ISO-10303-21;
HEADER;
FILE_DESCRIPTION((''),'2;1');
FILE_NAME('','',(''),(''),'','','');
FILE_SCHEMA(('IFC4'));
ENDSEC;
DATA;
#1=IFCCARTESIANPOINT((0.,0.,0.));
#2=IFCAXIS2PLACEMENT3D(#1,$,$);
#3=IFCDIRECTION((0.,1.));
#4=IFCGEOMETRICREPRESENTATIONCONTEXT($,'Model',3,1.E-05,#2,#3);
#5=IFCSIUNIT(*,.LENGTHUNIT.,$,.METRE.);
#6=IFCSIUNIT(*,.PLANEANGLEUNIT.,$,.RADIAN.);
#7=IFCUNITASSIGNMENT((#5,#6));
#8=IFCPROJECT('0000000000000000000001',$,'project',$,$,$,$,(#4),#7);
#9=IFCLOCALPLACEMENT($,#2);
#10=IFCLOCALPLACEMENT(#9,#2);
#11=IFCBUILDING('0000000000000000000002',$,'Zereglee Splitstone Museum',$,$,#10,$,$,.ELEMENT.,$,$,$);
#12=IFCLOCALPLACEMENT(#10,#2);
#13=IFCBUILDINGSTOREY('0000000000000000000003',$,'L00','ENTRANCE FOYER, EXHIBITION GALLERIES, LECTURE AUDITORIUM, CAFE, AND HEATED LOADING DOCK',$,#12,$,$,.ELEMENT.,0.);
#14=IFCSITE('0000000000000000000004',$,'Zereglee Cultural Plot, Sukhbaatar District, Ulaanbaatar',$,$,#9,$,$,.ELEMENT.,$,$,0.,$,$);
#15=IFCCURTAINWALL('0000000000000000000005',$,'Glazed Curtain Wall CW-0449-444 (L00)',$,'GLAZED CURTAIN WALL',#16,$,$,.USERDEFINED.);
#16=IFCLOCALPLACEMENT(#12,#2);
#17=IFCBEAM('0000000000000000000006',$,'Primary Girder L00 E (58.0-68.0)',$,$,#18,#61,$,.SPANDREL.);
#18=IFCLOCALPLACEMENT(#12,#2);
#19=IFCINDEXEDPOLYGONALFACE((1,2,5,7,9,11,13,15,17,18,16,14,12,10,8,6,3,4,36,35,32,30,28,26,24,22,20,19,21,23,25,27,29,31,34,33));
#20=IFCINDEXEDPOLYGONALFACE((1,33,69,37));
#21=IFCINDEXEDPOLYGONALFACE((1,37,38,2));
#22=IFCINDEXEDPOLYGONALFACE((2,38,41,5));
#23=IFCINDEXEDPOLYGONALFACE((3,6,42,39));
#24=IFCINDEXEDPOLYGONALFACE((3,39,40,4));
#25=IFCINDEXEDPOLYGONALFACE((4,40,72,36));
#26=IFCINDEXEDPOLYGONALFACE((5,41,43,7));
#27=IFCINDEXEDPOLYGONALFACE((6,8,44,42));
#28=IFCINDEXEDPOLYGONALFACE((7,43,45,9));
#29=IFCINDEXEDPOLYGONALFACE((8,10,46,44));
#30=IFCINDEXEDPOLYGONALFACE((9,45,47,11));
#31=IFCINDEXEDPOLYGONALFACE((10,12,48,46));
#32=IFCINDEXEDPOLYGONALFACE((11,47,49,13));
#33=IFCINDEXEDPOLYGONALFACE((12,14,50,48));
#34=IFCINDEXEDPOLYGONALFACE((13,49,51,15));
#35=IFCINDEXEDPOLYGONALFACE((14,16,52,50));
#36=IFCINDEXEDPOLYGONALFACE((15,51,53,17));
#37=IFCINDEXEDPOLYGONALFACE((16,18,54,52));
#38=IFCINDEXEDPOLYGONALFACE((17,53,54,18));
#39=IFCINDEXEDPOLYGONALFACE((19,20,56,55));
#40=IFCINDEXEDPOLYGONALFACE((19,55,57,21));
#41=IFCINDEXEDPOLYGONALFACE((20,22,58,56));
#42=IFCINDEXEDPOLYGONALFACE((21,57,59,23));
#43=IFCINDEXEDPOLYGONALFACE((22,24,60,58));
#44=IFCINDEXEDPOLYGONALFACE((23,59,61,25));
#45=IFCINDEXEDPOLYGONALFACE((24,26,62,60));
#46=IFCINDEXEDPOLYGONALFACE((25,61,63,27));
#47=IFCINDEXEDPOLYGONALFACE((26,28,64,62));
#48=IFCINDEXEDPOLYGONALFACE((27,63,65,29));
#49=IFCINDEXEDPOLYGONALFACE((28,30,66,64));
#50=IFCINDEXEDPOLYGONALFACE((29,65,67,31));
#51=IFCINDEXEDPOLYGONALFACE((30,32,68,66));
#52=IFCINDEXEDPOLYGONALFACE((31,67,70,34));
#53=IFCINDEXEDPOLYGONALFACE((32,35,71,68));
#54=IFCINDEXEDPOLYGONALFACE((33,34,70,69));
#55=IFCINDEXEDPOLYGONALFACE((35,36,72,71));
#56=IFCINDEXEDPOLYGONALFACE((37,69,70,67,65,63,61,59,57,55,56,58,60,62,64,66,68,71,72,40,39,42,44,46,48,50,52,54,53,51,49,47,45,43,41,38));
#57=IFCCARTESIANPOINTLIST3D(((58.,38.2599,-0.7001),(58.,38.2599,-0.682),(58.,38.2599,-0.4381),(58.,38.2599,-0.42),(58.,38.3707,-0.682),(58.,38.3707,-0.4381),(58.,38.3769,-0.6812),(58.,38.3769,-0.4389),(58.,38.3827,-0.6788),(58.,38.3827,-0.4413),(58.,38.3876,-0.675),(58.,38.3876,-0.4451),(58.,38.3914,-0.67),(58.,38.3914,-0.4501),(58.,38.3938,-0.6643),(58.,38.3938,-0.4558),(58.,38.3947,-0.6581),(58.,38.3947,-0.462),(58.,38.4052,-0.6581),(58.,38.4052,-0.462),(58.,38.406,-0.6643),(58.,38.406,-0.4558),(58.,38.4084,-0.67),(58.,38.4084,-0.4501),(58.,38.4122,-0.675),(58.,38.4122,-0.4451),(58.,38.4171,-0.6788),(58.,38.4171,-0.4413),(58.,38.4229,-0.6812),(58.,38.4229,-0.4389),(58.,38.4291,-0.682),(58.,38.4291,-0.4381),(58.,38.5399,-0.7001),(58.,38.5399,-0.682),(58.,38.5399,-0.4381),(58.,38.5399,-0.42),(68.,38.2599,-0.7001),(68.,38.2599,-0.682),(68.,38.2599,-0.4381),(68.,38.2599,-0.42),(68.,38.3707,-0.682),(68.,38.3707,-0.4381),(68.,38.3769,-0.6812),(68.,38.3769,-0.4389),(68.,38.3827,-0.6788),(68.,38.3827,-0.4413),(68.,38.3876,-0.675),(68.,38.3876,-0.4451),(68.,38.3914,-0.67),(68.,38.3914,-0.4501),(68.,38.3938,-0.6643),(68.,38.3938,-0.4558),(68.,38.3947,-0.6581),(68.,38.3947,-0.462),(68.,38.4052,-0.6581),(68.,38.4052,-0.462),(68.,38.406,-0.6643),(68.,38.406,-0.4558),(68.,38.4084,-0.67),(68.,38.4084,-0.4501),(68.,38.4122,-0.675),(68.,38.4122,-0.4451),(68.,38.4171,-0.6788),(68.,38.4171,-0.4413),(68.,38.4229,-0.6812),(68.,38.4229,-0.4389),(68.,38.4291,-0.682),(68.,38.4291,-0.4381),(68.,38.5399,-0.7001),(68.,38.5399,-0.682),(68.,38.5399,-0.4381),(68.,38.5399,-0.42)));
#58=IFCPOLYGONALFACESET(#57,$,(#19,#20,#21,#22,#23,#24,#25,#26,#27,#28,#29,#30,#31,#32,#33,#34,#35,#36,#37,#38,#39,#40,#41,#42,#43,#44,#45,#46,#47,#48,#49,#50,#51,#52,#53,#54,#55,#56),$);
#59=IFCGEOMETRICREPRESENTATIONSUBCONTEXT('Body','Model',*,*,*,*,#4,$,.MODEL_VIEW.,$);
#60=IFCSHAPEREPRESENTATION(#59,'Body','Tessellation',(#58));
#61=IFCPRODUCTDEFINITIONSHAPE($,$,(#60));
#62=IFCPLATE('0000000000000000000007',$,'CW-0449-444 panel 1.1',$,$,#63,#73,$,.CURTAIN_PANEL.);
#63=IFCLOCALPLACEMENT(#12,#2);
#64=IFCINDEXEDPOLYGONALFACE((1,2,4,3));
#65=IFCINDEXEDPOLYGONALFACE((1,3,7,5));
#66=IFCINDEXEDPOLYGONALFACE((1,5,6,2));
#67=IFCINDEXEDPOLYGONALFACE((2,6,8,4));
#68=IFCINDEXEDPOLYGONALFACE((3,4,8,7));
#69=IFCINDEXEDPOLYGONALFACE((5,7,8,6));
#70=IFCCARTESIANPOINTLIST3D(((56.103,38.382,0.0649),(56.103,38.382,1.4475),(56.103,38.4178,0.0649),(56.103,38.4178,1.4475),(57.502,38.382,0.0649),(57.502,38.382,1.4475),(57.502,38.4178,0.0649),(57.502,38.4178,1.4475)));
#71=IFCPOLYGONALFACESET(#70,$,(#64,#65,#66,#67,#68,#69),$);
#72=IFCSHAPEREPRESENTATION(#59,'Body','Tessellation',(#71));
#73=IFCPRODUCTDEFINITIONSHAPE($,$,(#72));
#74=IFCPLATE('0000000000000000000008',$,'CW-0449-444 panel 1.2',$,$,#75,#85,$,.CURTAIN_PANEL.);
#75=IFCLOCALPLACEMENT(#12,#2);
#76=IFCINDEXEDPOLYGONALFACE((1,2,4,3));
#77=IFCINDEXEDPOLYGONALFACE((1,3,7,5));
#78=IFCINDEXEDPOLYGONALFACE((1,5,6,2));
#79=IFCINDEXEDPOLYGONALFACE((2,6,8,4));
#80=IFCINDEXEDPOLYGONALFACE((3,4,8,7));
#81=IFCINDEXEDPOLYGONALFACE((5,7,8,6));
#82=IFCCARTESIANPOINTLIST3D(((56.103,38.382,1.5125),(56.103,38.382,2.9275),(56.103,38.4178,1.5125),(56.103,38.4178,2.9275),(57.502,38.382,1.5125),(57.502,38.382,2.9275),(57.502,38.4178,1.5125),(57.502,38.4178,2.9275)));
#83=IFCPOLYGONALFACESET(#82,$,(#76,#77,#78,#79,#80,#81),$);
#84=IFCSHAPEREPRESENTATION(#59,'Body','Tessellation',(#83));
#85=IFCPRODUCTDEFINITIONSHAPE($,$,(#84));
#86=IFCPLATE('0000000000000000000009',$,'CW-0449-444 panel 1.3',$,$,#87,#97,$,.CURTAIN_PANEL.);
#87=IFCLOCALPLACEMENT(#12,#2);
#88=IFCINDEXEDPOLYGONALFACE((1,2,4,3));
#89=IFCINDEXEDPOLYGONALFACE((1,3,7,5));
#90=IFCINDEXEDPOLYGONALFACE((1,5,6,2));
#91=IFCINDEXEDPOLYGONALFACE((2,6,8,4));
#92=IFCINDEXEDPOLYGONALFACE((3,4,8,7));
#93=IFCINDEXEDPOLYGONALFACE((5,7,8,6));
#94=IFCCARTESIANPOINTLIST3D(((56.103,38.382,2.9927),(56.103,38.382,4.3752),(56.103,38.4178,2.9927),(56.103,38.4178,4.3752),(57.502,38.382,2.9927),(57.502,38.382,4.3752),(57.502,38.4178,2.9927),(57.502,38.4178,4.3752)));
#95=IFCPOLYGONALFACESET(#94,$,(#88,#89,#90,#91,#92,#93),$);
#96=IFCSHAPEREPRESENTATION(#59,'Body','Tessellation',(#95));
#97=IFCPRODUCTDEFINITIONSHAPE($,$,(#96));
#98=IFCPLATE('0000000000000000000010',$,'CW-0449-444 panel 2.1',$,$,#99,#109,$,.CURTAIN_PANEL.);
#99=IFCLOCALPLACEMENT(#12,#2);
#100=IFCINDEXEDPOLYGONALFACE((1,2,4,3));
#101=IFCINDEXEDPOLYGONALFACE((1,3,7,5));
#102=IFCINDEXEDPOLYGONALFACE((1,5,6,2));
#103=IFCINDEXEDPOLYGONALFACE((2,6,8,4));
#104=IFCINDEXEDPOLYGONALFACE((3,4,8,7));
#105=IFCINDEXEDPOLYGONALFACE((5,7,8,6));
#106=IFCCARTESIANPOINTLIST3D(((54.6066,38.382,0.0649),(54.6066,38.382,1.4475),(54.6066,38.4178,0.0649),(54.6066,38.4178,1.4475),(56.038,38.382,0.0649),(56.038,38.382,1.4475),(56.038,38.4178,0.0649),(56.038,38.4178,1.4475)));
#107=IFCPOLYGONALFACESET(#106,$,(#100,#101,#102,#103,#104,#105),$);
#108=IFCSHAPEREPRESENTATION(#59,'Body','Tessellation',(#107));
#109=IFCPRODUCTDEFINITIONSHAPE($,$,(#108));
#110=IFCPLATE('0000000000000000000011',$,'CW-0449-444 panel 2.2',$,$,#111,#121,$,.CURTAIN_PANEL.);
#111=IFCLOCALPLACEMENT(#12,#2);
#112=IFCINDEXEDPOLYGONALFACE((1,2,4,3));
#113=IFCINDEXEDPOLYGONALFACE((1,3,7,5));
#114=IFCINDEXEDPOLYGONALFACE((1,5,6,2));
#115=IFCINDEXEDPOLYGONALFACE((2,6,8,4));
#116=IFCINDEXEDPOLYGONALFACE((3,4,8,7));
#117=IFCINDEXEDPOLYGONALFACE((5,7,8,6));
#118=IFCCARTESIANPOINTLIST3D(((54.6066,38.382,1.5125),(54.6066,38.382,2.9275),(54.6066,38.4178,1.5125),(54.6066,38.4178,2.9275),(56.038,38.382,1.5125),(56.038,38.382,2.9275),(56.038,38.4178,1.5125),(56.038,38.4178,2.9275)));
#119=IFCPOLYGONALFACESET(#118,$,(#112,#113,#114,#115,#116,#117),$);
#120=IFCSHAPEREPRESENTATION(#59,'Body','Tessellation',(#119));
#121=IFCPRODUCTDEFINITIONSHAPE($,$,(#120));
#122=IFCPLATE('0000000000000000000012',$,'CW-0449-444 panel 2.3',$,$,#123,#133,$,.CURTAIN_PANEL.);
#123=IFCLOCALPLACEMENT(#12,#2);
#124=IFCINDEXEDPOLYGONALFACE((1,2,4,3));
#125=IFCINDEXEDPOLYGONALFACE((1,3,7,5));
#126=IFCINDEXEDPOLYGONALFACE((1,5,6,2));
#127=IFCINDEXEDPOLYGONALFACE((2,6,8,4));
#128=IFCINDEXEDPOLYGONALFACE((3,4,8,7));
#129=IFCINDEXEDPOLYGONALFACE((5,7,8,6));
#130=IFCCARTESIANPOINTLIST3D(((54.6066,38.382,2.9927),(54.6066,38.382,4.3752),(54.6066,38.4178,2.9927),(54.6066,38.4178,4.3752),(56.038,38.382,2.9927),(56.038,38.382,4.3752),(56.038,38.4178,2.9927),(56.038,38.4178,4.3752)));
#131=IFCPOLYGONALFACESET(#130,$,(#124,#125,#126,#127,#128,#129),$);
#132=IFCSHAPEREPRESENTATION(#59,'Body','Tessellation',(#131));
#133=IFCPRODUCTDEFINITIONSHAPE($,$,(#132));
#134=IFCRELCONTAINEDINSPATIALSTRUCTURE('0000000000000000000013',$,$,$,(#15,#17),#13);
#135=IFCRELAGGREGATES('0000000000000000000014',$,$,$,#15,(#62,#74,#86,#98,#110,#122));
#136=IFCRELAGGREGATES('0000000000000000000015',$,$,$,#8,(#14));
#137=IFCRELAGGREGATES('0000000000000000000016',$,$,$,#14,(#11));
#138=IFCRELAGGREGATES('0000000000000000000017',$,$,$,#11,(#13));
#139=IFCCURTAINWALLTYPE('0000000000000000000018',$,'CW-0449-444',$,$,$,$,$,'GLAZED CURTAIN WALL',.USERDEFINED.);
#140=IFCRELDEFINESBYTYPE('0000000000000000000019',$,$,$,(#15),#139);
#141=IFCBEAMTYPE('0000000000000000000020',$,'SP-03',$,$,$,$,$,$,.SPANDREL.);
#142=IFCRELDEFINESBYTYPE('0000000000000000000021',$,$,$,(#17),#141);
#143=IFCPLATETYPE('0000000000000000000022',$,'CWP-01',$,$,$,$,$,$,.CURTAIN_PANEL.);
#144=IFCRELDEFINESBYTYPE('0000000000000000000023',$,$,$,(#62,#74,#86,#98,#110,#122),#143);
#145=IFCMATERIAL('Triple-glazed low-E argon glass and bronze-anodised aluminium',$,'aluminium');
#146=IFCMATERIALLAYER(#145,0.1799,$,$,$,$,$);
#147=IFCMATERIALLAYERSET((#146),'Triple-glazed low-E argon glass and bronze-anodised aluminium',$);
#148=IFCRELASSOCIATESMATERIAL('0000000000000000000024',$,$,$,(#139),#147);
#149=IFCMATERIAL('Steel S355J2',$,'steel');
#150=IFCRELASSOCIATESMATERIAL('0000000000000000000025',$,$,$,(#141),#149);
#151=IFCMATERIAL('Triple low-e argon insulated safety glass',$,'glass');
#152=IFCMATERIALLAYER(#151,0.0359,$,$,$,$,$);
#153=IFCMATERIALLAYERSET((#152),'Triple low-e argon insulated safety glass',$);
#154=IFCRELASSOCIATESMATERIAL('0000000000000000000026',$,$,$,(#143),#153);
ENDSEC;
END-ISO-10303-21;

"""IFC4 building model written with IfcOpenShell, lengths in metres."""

from ifc_helpers import new_model, si_unit, direction, frame, origin, origin_2d, place, context, subcontext, project, spatial, rectangle, i_section, extrude, material, layer, layer_set, material_profile, profile_set, type_object, element, aggregate, save


model = new_model("IFC4")

# Units and contexts
model_context = context("Model", 3, precision=1e-05, world=origin(), true_north=direction((0.0, 1.0)))
body_context = subcontext(model_context, "Body", "Model", "MODEL_VIEW")
ifc_project = project(units=[si_unit("LENGTHUNIT", "METRE"), si_unit("PLANEANGLEUNIT", "RADIAN")], contexts=[model_context])

# Site, building, storey
site_placement = place(None, origin())
site = spatial("IfcSite", under=ifc_project, at=site_placement, Name="Zereglee Cultural Plot, Sukhbaatar District, Ulaanbaatar", CompositionType="ELEMENT", RefElevation=0.0)
building_placement = place(site_placement, origin())
building = spatial("IfcBuilding", under=site, at=building_placement, Name="Zereglee Splitstone Museum", CompositionType="ELEMENT")
storey_placement = place(building_placement, origin())
storey = spatial("IfcBuildingStorey", under=building, at=storey_placement, Name="L00", Description="ENTRANCE FOYER, EXHIBITION GALLERIES, LECTURE AUDITORIUM, CAFE, AND HEATED LOADING DOCK", CompositionType="ELEMENT", Elevation=0.0)

# Curtain wall
ifc_material_1 = material(Name="Triple-glazed low-E argon glass and bronze-anodised aluminium", Category="aluminium")
ifc_layer_1 = layer(ifc_material_1, 0.1799)
ifc_layer_set_1 = layer_set([ifc_layer_1], Name="Triple-glazed low-E argon glass and bronze-anodised aluminium")
curtain_wall_type = type_object("IfcCurtainWallType", Name="CW-0449-444", ElementType="GLAZED CURTAIN WALL", PredefinedType="USERDEFINED", material=ifc_layer_set_1)
curtain_wall_placement = place(storey_placement, origin())
curtain_wall = element("IfcCurtainWall", 1, at=curtain_wall_placement, inside=storey, type_object=curtain_wall_type, Name="Glazed Curtain Wall CW-0449-444 (L00)", ObjectType="GLAZED CURTAIN WALL", PredefinedType="USERDEFINED")

# Beam
ifc_material_2 = material(Name="Steel S355J2", Category="steel")
ifc_material_profile_1 = material_profile(ifc_material_2, i_section(OverallWidth=0.28, OverallDepth=0.28, WebThickness=0.0105, FlangeThickness=0.0181, FilletRadius=0.0239, at=origin_2d()), Name="HE 280 B")
ifc_profile_set_1 = profile_set([ifc_material_profile_1], Name="Steel S355J2")
beam_type = type_object("IfcBeamType", Name="SP-03", PredefinedType="SPANDREL", material=ifc_profile_set_1)
beam_placement = place(storey_placement, frame((58.0, 38.3999, -0.5601), z_axis=(1.0, 0.0, 0.0), x_axis=(0.0, 1.0, 0.0)))
element("IfcBeam", 2, at=beam_placement, inside=storey, type_object=beam_type, Name="Primary Girder L00 E (58.0-68.0)", PredefinedType="SPANDREL", context=body_context, shape_type="SweptSolid", body=[
    extrude(i_section(OverallWidth=0.28, OverallDepth=0.28, WebThickness=0.0105, FlangeThickness=0.0181, FilletRadius=0.0239, at=origin_2d()), origin(), (0.0, 0.0, 1.0), 10.0),
])

# Plates
ifc_material_3 = material(Name="Triple low-e argon insulated safety glass", Category="glass")
ifc_layer_2 = layer(ifc_material_3, 0.0359)
ifc_layer_set_2 = layer_set([ifc_layer_2], Name="Triple low-e argon insulated safety glass")
plate_type = type_object("IfcPlateType", Name="CWP-01", PredefinedType="CURTAIN_PANEL", material=ifc_layer_set_2)
plate_1_placement = place(storey_placement, frame((56.8025, 38.3999, 0.0649), z_axis=(0.0, 0.0, 1.0), x_axis=(-1.0, 0.0, 0.0)))
plate_1 = element("IfcPlate", 3, at=plate_1_placement, type_object=plate_type, Name="CW-0449-444 panel 1.1", PredefinedType="CURTAIN_PANEL", context=body_context, shape_type="SweptSolid", body=[
    extrude(rectangle(XDim=1.3989, YDim=0.0359, at=origin_2d()), origin(), (0.0, 0.0, 1.0), 1.3826),
])
plate_2_placement = place(storey_placement, frame((56.8025, 38.3999, 1.5125), z_axis=(0.0, 0.0, 1.0), x_axis=(-1.0, 0.0, 0.0)))
plate_2 = element("IfcPlate", 4, at=plate_2_placement, type_object=plate_type, Name="CW-0449-444 panel 1.2", PredefinedType="CURTAIN_PANEL", context=body_context, shape_type="SweptSolid", body=[
    extrude(rectangle(XDim=1.3989, YDim=0.0359, at=origin_2d()), origin(), (0.0, 0.0, 1.0), 1.415),
])
plate_3_placement = place(storey_placement, frame((56.8025, 38.3999, 2.9927), z_axis=(0.0, 0.0, 1.0), x_axis=(-1.0, 0.0, 0.0)))
plate_3 = element("IfcPlate", 5, at=plate_3_placement, type_object=plate_type, Name="CW-0449-444 panel 1.3", PredefinedType="CURTAIN_PANEL", context=body_context, shape_type="SweptSolid", body=[
    extrude(rectangle(XDim=1.3989, YDim=0.0359, at=origin_2d()), origin(), (0.0, 0.0, 1.0), 1.3826),
])
plate_4_placement = place(storey_placement, frame((55.3223, 38.3999, 0.0649), z_axis=(0.0, 0.0, 1.0), x_axis=(-1.0, 0.0, 0.0)))
plate_4 = element("IfcPlate", 6, at=plate_4_placement, type_object=plate_type, Name="CW-0449-444 panel 2.1", PredefinedType="CURTAIN_PANEL", context=body_context, shape_type="SweptSolid", body=[
    extrude(rectangle(XDim=1.4314, YDim=0.0359, at=origin_2d()), origin(), (0.0, 0.0, 1.0), 1.3826),
])
plate_5_placement = place(storey_placement, frame((55.3223, 38.3999, 1.5125), z_axis=(0.0, 0.0, 1.0), x_axis=(-1.0, 0.0, 0.0)))
plate_5 = element("IfcPlate", 7, at=plate_5_placement, type_object=plate_type, Name="CW-0449-444 panel 2.2", PredefinedType="CURTAIN_PANEL", context=body_context, shape_type="SweptSolid", body=[
    extrude(rectangle(XDim=1.4314, YDim=0.0359, at=origin_2d()), origin(), (0.0, 0.0, 1.0), 1.415),
])
plate_6_placement = place(storey_placement, frame((55.3223, 38.3999, 2.9927), z_axis=(0.0, 0.0, 1.0), x_axis=(-1.0, 0.0, 0.0)))
plate_6 = element("IfcPlate", 8, at=plate_6_placement, type_object=plate_type, Name="CW-0449-444 panel 2.3", PredefinedType="CURTAIN_PANEL", context=body_context, shape_type="SweptSolid", body=[
    extrude(rectangle(XDim=1.4314, YDim=0.0359, at=origin_2d()), origin(), (0.0, 0.0, 1.0), 1.3826),
])
aggregate(curtain_wall, [plate_1, plate_2, plate_3, plate_4, plate_5, plate_6])

save(model, "model.ifc")
